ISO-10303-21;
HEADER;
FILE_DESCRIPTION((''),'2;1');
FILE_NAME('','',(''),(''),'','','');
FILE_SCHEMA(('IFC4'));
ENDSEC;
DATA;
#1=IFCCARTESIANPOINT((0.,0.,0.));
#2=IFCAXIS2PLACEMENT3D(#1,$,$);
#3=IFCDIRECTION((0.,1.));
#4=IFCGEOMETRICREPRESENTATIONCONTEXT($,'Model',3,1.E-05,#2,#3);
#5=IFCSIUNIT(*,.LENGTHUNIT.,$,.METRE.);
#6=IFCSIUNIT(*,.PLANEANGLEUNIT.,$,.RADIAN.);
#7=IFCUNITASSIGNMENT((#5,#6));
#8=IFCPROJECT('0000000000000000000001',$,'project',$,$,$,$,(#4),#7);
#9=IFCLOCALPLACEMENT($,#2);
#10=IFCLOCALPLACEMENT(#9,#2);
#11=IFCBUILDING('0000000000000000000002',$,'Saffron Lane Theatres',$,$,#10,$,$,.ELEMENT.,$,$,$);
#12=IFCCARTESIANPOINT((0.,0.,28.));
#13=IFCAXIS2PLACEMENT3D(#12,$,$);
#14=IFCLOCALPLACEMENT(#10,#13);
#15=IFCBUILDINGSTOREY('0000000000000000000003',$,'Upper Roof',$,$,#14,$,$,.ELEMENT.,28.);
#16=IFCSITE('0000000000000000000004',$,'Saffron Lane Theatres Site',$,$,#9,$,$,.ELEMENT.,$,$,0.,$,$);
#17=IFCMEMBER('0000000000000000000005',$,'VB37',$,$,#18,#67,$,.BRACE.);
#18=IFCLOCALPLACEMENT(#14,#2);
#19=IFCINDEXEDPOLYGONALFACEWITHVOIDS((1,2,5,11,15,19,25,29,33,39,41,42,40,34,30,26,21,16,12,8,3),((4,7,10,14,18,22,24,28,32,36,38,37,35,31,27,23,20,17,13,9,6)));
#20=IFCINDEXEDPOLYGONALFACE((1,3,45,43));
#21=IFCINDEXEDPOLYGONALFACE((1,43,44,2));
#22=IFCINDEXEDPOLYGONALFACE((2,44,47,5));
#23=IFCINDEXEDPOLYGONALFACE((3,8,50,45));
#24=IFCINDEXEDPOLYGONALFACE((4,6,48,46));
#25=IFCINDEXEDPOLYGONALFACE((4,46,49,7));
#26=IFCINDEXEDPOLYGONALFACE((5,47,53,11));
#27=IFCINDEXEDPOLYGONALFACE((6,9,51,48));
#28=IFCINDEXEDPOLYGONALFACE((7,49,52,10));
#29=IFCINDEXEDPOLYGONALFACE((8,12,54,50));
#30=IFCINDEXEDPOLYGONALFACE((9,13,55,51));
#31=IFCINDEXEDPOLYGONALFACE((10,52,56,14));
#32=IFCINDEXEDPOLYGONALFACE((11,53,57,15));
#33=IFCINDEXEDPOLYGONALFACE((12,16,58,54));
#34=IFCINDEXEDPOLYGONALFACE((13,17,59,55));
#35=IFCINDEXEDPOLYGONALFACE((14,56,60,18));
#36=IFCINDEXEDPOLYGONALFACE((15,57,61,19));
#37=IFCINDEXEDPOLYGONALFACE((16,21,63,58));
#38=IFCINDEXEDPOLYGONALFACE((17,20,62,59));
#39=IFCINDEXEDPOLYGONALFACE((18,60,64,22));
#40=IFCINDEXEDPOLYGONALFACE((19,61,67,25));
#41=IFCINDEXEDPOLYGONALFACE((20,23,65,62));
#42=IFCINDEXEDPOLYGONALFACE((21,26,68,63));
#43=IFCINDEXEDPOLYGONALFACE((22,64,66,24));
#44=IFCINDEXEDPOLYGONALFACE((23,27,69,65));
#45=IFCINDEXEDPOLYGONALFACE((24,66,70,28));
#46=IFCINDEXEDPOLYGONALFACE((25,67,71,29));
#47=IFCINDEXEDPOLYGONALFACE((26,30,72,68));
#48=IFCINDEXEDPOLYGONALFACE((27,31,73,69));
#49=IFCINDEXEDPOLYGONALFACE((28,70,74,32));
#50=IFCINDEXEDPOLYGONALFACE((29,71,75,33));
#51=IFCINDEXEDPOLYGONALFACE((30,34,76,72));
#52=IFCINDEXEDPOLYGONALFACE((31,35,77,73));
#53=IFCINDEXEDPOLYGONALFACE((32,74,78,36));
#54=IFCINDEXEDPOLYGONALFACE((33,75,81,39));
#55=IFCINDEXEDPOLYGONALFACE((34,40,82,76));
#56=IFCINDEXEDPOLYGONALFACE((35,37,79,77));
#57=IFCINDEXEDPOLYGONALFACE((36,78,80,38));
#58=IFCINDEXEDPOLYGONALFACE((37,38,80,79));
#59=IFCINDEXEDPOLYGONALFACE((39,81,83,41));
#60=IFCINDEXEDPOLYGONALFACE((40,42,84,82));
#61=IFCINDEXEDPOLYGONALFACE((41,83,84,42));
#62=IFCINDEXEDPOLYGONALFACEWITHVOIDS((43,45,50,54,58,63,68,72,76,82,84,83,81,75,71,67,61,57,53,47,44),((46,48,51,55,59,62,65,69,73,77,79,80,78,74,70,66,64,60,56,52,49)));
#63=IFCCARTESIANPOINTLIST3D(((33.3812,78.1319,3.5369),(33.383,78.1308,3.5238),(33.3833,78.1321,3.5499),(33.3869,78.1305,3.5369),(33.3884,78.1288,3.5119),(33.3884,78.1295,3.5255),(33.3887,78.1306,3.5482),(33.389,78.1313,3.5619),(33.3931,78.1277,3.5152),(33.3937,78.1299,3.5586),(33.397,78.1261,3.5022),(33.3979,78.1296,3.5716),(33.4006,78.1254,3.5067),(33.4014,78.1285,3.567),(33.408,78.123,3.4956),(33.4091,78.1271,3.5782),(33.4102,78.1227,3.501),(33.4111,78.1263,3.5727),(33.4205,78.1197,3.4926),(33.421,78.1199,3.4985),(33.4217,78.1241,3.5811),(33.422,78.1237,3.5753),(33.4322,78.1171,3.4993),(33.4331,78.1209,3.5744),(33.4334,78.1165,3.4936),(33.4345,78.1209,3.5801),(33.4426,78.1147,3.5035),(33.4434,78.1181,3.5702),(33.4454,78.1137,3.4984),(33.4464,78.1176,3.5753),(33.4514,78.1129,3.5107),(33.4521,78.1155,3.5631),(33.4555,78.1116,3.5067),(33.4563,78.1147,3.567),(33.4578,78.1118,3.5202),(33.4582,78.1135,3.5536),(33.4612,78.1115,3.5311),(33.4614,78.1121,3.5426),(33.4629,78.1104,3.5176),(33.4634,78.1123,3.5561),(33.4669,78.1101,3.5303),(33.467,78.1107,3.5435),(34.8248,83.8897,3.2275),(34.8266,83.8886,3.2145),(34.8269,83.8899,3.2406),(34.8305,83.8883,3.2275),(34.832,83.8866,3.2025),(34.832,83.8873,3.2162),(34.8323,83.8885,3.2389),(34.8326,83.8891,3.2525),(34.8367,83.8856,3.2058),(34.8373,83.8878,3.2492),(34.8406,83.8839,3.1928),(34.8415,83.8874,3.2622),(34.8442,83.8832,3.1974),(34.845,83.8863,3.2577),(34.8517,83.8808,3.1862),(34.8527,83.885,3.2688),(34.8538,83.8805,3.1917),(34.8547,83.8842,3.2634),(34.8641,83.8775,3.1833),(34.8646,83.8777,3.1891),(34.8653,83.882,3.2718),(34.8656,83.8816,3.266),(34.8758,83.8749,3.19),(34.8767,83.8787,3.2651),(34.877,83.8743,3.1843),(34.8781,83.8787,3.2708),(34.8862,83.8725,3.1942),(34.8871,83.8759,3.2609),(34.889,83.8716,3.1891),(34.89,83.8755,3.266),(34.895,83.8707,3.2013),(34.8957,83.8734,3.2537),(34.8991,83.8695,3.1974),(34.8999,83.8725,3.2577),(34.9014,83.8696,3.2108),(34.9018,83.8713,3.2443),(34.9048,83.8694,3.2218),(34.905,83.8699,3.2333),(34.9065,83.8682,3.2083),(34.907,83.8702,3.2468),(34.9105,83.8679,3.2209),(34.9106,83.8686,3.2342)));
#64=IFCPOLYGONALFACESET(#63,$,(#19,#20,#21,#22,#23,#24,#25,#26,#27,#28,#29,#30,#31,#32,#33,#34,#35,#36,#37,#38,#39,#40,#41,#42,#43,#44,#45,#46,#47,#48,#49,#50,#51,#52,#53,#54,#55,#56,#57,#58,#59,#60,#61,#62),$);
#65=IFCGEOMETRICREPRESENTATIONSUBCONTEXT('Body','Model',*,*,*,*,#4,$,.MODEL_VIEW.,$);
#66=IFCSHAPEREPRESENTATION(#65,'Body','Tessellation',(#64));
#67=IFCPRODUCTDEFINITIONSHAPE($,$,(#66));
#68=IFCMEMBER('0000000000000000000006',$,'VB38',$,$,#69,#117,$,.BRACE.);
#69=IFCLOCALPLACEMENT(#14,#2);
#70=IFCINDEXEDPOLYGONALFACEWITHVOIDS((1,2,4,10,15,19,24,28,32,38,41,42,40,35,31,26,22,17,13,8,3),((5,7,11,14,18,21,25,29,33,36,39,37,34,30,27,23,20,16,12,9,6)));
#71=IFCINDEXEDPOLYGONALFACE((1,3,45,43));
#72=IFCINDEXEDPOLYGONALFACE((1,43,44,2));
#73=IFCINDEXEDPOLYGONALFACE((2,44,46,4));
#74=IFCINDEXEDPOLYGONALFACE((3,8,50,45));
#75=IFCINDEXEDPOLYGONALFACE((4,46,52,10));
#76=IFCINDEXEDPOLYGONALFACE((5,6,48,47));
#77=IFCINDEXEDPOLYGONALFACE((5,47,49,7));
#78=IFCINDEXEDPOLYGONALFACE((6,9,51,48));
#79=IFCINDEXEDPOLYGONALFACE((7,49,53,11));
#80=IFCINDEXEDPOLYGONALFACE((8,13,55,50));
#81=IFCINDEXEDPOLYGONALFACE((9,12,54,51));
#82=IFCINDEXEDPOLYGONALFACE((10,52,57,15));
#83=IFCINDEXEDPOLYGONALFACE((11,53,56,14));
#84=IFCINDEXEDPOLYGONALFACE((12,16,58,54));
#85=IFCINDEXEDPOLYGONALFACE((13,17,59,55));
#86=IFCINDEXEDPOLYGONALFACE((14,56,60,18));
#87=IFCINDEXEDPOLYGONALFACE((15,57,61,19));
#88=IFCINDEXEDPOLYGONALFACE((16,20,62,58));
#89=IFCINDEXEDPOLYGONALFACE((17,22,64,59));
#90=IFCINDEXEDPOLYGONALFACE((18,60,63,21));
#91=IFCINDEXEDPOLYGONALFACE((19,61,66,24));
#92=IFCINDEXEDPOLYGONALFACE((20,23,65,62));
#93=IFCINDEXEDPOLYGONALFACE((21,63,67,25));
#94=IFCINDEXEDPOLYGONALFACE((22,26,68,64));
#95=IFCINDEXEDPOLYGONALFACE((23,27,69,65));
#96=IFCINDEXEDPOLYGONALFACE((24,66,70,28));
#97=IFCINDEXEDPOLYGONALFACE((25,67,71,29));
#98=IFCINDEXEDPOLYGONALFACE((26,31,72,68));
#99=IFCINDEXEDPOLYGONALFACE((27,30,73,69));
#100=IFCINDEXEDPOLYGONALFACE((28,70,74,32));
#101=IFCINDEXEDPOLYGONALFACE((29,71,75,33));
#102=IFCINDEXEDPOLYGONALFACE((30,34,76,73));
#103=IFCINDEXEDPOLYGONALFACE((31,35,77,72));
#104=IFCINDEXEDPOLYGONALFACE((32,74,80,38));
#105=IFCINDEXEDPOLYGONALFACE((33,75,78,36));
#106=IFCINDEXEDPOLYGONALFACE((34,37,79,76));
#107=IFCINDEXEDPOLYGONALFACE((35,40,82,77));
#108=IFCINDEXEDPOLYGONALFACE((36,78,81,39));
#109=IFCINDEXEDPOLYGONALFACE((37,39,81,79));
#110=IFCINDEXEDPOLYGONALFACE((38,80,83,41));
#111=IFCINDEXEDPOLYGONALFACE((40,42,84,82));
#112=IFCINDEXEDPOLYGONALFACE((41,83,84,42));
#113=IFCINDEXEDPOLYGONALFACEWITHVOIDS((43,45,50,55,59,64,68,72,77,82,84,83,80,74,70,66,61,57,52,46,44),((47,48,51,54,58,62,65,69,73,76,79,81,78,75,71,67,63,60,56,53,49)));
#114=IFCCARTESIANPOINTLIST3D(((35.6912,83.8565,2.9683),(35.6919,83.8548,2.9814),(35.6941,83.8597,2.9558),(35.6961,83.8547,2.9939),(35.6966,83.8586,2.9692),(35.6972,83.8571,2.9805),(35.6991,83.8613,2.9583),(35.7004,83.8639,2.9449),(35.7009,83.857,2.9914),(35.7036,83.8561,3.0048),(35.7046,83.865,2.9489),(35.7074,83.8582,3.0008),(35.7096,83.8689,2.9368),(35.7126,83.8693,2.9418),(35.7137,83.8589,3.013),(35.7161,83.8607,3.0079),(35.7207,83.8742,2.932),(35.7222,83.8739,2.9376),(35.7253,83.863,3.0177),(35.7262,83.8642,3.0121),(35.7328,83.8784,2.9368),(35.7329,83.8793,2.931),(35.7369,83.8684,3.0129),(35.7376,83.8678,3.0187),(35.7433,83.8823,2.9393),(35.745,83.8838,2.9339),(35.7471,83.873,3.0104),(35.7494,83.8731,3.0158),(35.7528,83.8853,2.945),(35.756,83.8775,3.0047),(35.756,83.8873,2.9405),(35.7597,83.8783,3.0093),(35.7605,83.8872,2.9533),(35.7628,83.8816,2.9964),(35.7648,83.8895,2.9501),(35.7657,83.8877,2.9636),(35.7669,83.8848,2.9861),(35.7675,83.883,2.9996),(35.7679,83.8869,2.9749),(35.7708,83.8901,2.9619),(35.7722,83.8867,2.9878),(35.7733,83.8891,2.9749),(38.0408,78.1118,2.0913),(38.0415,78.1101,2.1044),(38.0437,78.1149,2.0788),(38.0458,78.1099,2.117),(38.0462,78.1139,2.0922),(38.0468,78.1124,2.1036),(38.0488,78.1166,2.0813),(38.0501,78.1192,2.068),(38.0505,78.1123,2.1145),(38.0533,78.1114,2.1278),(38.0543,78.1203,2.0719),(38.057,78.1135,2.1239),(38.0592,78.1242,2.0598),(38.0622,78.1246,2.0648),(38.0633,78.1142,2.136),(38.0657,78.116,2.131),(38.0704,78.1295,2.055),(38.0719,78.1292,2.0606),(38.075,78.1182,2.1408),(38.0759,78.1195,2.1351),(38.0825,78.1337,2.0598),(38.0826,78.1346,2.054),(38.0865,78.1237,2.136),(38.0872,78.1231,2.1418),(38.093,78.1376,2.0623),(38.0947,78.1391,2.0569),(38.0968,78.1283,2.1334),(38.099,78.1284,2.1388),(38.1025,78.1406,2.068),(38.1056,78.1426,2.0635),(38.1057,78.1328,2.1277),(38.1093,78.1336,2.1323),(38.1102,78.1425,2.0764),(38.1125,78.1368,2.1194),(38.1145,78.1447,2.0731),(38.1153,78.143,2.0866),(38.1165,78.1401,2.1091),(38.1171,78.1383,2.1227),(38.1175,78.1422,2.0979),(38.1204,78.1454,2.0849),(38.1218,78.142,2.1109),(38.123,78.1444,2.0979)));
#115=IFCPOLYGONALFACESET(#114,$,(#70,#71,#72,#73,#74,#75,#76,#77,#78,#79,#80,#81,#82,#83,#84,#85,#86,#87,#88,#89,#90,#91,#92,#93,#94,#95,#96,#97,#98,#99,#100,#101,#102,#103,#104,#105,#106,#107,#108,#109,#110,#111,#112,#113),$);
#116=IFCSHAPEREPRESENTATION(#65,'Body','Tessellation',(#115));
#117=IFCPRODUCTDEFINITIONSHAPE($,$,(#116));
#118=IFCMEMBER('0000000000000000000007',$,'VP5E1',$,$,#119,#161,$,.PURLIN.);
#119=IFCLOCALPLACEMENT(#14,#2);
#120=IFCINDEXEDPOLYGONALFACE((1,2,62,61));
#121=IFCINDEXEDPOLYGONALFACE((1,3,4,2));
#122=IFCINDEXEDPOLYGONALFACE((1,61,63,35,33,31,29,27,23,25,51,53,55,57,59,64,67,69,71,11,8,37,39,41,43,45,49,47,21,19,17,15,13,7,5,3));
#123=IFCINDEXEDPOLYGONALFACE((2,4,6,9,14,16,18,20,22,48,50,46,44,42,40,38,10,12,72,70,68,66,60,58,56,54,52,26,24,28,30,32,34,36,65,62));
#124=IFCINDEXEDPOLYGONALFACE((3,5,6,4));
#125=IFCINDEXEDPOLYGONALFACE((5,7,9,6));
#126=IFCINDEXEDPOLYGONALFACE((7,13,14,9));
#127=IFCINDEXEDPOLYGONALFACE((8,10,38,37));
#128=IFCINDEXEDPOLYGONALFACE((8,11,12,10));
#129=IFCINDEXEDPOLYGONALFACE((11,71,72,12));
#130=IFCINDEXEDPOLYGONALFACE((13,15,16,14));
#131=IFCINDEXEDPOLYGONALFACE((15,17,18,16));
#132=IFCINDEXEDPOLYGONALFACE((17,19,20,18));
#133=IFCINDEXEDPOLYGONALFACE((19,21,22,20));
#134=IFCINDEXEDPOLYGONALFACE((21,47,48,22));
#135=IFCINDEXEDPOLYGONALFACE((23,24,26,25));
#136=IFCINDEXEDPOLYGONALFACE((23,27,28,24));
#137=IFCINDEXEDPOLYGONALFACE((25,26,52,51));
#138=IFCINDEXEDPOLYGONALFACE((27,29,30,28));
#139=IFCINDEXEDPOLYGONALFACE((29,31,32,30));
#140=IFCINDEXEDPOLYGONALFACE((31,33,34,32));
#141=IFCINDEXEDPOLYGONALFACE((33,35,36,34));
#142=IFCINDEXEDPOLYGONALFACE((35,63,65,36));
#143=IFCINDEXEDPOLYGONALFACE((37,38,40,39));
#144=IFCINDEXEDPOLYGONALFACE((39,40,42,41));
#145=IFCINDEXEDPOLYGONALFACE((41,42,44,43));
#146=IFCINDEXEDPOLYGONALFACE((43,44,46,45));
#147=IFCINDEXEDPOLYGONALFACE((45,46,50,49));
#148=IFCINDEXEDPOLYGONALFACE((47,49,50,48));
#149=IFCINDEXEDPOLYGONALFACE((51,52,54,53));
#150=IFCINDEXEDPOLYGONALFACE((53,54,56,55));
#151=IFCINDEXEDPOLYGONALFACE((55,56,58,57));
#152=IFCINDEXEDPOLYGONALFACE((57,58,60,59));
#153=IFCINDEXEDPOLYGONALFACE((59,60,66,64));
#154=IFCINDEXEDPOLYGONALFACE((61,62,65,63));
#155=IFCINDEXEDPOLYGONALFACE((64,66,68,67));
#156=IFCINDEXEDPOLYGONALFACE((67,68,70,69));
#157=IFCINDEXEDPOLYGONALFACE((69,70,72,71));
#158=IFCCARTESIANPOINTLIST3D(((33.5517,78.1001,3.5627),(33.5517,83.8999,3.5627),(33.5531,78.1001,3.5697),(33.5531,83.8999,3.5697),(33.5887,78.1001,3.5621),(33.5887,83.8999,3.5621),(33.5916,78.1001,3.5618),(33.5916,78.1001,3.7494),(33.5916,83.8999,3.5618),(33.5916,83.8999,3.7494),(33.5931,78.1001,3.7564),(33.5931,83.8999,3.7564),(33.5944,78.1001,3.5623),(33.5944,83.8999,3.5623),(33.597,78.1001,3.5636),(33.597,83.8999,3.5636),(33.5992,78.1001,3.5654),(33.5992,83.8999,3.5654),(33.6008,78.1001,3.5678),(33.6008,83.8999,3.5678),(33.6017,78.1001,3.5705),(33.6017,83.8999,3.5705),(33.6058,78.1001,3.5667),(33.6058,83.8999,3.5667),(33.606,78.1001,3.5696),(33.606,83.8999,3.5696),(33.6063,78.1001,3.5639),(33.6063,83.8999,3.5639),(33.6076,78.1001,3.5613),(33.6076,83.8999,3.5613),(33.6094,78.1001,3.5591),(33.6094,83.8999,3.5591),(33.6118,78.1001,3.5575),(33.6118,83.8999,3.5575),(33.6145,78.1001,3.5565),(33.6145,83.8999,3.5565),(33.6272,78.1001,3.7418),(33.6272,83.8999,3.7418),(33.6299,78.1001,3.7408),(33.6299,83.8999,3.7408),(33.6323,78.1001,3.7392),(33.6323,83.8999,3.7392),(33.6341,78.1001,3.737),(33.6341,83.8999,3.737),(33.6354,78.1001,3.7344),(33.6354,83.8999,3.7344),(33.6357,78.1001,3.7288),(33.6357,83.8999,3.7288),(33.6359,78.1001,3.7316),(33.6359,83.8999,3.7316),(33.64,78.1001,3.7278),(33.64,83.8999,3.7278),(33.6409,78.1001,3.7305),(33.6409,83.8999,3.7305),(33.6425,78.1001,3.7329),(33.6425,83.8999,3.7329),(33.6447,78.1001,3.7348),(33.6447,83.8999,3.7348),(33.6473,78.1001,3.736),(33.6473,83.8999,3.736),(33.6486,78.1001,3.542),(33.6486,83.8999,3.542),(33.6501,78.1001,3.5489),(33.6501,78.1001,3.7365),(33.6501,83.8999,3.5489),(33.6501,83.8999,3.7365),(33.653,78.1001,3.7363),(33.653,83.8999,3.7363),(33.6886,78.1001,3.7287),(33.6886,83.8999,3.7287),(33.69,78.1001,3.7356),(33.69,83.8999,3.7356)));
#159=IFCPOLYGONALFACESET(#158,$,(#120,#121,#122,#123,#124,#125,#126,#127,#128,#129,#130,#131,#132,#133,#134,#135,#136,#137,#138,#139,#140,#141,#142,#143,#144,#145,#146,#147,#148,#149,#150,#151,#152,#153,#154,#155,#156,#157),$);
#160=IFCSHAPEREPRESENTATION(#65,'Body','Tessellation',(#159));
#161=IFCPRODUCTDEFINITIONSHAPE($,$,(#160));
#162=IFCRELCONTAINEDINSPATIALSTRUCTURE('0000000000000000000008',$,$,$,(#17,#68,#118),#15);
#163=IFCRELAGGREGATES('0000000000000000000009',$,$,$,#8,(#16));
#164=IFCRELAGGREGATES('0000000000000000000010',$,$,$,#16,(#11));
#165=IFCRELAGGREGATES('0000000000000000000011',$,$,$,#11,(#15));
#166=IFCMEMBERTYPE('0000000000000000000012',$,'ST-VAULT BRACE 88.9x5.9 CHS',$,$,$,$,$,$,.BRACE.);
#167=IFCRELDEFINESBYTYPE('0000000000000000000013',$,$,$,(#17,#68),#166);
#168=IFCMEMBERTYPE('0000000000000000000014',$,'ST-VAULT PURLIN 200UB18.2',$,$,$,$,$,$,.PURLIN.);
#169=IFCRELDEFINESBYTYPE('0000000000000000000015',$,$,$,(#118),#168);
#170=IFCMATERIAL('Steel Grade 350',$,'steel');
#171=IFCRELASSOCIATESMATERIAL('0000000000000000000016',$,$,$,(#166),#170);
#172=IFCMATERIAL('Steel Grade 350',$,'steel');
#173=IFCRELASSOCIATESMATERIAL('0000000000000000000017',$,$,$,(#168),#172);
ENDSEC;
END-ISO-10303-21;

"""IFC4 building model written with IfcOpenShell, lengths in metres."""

from ifc_helpers import new_model, si_unit, direction, frame, origin, origin_2d, place, context, subcontext, project, spatial, hollow_circle, i_section, extrude, material, material_profile, profile_set, type_object, element, save


model = new_model("IFC4")

# Units and contexts
model_context = context("Model", 3, precision=1e-05, world=origin(), true_north=direction((0.0, 1.0)))
body_context = subcontext(model_context, "Body", "Model", "MODEL_VIEW")
ifc_project = project(units=[si_unit("LENGTHUNIT", "METRE"), si_unit("PLANEANGLEUNIT", "RADIAN")], contexts=[model_context])

# Site, building, storey
site_placement = place(None, origin())
site = spatial("IfcSite", under=ifc_project, at=site_placement, Name="Saffron Lane Theatres Site", CompositionType="ELEMENT", RefElevation=0.0)
building_placement = place(site_placement, origin())
building = spatial("IfcBuilding", under=site, at=building_placement, Name="Saffron Lane Theatres", CompositionType="ELEMENT")
storey_placement = place(building_placement, frame((0.0, 0.0, 28.0)))
storey = spatial("IfcBuildingStorey", under=building, at=storey_placement, Name="Upper Roof", CompositionType="ELEMENT", Elevation=28.0)

# Members
ifc_material_1 = material(Name="Steel Grade 350", Category="steel")
ifc_material_profile_1 = material_profile(ifc_material_1, hollow_circle(Radius=0.0444, WallThickness=0.0059, at=origin_2d()))
ifc_profile_set_1 = profile_set([ifc_material_profile_1], Name="Steel Grade 350")
member_type_1 = type_object("IfcMemberType", Name="ST-VAULT BRACE 88.9x5.9 CHS", PredefinedType="BRACE", material=ifc_profile_set_1)
member_1_placement = place(storey_placement, frame((33.4243, 78.1211, 3.5369), z_axis=(0.242864, 0.968663, -0.052039), x_axis=(-0.969978, 0.243194, 0.0)))
element("IfcMember", 1, at=member_1_placement, inside=storey, type_object=member_type_1, Name="VB37", PredefinedType="BRACE", context=body_context, shape_type="SweptSolid", body=[
    extrude(hollow_circle(Radius=0.0444, WallThickness=0.0059, at=origin_2d()), origin(), (0.0, 0.0, 1.0), 5.9441),
])
member_2_placement = place(storey_placement, frame((35.7322, 83.8723, 2.9749), z_axis=(0.374845, -0.91647, -0.139905), x_axis=(0.925573, 0.378569, 0.0)))
element("IfcMember", 2, at=member_2_placement, inside=storey, type_object=member_type_1, Name="VB38", PredefinedType="BRACE", context=body_context, shape_type="SweptSolid", body=[
    extrude(hollow_circle(Radius=0.0444, WallThickness=0.0059, at=origin_2d()), origin(), (0.0, 0.0, 1.0), 6.2683),
])
ifc_material_2 = material(Name="Steel Grade 350", Category="steel")
ifc_material_profile_2 = material_profile(ifc_material_2, i_section(OverallWidth=0.0991, OverallDepth=0.198, WebThickness=0.0044, FlangeThickness=0.0071, FilletRadius=0.011, at=origin_2d()))
ifc_profile_set_2 = profile_set([ifc_material_profile_2], Name="Steel Grade 350")
member_type_2 = type_object("IfcMemberType", Name="ST-VAULT PURLIN 200UB18.2", PredefinedType="PURLIN", material=ifc_profile_set_2)
for number, where, z_axis, x_axis, name in (
    (3, (33.6208, 78.1001, 3.6492), (0.0, 1.0, 0.0), (0.977816, 0.0, -0.209466), "VP5E1"),
):
    element("IfcMember", number, at=place(storey_placement, frame(where, z_axis=z_axis, x_axis=x_axis)), inside=storey, type_object=member_type_2, Name=name, PredefinedType="PURLIN", context=body_context, shape_type="SweptSolid", body=[
        extrude(i_section(OverallWidth=0.0991, OverallDepth=0.198, WebThickness=0.0044, FlangeThickness=0.0071, FilletRadius=0.011, at=origin_2d()), origin(), (0.0, 0.0, 1.0), 5.7998),
    ])

save(model, "model.ifc")
